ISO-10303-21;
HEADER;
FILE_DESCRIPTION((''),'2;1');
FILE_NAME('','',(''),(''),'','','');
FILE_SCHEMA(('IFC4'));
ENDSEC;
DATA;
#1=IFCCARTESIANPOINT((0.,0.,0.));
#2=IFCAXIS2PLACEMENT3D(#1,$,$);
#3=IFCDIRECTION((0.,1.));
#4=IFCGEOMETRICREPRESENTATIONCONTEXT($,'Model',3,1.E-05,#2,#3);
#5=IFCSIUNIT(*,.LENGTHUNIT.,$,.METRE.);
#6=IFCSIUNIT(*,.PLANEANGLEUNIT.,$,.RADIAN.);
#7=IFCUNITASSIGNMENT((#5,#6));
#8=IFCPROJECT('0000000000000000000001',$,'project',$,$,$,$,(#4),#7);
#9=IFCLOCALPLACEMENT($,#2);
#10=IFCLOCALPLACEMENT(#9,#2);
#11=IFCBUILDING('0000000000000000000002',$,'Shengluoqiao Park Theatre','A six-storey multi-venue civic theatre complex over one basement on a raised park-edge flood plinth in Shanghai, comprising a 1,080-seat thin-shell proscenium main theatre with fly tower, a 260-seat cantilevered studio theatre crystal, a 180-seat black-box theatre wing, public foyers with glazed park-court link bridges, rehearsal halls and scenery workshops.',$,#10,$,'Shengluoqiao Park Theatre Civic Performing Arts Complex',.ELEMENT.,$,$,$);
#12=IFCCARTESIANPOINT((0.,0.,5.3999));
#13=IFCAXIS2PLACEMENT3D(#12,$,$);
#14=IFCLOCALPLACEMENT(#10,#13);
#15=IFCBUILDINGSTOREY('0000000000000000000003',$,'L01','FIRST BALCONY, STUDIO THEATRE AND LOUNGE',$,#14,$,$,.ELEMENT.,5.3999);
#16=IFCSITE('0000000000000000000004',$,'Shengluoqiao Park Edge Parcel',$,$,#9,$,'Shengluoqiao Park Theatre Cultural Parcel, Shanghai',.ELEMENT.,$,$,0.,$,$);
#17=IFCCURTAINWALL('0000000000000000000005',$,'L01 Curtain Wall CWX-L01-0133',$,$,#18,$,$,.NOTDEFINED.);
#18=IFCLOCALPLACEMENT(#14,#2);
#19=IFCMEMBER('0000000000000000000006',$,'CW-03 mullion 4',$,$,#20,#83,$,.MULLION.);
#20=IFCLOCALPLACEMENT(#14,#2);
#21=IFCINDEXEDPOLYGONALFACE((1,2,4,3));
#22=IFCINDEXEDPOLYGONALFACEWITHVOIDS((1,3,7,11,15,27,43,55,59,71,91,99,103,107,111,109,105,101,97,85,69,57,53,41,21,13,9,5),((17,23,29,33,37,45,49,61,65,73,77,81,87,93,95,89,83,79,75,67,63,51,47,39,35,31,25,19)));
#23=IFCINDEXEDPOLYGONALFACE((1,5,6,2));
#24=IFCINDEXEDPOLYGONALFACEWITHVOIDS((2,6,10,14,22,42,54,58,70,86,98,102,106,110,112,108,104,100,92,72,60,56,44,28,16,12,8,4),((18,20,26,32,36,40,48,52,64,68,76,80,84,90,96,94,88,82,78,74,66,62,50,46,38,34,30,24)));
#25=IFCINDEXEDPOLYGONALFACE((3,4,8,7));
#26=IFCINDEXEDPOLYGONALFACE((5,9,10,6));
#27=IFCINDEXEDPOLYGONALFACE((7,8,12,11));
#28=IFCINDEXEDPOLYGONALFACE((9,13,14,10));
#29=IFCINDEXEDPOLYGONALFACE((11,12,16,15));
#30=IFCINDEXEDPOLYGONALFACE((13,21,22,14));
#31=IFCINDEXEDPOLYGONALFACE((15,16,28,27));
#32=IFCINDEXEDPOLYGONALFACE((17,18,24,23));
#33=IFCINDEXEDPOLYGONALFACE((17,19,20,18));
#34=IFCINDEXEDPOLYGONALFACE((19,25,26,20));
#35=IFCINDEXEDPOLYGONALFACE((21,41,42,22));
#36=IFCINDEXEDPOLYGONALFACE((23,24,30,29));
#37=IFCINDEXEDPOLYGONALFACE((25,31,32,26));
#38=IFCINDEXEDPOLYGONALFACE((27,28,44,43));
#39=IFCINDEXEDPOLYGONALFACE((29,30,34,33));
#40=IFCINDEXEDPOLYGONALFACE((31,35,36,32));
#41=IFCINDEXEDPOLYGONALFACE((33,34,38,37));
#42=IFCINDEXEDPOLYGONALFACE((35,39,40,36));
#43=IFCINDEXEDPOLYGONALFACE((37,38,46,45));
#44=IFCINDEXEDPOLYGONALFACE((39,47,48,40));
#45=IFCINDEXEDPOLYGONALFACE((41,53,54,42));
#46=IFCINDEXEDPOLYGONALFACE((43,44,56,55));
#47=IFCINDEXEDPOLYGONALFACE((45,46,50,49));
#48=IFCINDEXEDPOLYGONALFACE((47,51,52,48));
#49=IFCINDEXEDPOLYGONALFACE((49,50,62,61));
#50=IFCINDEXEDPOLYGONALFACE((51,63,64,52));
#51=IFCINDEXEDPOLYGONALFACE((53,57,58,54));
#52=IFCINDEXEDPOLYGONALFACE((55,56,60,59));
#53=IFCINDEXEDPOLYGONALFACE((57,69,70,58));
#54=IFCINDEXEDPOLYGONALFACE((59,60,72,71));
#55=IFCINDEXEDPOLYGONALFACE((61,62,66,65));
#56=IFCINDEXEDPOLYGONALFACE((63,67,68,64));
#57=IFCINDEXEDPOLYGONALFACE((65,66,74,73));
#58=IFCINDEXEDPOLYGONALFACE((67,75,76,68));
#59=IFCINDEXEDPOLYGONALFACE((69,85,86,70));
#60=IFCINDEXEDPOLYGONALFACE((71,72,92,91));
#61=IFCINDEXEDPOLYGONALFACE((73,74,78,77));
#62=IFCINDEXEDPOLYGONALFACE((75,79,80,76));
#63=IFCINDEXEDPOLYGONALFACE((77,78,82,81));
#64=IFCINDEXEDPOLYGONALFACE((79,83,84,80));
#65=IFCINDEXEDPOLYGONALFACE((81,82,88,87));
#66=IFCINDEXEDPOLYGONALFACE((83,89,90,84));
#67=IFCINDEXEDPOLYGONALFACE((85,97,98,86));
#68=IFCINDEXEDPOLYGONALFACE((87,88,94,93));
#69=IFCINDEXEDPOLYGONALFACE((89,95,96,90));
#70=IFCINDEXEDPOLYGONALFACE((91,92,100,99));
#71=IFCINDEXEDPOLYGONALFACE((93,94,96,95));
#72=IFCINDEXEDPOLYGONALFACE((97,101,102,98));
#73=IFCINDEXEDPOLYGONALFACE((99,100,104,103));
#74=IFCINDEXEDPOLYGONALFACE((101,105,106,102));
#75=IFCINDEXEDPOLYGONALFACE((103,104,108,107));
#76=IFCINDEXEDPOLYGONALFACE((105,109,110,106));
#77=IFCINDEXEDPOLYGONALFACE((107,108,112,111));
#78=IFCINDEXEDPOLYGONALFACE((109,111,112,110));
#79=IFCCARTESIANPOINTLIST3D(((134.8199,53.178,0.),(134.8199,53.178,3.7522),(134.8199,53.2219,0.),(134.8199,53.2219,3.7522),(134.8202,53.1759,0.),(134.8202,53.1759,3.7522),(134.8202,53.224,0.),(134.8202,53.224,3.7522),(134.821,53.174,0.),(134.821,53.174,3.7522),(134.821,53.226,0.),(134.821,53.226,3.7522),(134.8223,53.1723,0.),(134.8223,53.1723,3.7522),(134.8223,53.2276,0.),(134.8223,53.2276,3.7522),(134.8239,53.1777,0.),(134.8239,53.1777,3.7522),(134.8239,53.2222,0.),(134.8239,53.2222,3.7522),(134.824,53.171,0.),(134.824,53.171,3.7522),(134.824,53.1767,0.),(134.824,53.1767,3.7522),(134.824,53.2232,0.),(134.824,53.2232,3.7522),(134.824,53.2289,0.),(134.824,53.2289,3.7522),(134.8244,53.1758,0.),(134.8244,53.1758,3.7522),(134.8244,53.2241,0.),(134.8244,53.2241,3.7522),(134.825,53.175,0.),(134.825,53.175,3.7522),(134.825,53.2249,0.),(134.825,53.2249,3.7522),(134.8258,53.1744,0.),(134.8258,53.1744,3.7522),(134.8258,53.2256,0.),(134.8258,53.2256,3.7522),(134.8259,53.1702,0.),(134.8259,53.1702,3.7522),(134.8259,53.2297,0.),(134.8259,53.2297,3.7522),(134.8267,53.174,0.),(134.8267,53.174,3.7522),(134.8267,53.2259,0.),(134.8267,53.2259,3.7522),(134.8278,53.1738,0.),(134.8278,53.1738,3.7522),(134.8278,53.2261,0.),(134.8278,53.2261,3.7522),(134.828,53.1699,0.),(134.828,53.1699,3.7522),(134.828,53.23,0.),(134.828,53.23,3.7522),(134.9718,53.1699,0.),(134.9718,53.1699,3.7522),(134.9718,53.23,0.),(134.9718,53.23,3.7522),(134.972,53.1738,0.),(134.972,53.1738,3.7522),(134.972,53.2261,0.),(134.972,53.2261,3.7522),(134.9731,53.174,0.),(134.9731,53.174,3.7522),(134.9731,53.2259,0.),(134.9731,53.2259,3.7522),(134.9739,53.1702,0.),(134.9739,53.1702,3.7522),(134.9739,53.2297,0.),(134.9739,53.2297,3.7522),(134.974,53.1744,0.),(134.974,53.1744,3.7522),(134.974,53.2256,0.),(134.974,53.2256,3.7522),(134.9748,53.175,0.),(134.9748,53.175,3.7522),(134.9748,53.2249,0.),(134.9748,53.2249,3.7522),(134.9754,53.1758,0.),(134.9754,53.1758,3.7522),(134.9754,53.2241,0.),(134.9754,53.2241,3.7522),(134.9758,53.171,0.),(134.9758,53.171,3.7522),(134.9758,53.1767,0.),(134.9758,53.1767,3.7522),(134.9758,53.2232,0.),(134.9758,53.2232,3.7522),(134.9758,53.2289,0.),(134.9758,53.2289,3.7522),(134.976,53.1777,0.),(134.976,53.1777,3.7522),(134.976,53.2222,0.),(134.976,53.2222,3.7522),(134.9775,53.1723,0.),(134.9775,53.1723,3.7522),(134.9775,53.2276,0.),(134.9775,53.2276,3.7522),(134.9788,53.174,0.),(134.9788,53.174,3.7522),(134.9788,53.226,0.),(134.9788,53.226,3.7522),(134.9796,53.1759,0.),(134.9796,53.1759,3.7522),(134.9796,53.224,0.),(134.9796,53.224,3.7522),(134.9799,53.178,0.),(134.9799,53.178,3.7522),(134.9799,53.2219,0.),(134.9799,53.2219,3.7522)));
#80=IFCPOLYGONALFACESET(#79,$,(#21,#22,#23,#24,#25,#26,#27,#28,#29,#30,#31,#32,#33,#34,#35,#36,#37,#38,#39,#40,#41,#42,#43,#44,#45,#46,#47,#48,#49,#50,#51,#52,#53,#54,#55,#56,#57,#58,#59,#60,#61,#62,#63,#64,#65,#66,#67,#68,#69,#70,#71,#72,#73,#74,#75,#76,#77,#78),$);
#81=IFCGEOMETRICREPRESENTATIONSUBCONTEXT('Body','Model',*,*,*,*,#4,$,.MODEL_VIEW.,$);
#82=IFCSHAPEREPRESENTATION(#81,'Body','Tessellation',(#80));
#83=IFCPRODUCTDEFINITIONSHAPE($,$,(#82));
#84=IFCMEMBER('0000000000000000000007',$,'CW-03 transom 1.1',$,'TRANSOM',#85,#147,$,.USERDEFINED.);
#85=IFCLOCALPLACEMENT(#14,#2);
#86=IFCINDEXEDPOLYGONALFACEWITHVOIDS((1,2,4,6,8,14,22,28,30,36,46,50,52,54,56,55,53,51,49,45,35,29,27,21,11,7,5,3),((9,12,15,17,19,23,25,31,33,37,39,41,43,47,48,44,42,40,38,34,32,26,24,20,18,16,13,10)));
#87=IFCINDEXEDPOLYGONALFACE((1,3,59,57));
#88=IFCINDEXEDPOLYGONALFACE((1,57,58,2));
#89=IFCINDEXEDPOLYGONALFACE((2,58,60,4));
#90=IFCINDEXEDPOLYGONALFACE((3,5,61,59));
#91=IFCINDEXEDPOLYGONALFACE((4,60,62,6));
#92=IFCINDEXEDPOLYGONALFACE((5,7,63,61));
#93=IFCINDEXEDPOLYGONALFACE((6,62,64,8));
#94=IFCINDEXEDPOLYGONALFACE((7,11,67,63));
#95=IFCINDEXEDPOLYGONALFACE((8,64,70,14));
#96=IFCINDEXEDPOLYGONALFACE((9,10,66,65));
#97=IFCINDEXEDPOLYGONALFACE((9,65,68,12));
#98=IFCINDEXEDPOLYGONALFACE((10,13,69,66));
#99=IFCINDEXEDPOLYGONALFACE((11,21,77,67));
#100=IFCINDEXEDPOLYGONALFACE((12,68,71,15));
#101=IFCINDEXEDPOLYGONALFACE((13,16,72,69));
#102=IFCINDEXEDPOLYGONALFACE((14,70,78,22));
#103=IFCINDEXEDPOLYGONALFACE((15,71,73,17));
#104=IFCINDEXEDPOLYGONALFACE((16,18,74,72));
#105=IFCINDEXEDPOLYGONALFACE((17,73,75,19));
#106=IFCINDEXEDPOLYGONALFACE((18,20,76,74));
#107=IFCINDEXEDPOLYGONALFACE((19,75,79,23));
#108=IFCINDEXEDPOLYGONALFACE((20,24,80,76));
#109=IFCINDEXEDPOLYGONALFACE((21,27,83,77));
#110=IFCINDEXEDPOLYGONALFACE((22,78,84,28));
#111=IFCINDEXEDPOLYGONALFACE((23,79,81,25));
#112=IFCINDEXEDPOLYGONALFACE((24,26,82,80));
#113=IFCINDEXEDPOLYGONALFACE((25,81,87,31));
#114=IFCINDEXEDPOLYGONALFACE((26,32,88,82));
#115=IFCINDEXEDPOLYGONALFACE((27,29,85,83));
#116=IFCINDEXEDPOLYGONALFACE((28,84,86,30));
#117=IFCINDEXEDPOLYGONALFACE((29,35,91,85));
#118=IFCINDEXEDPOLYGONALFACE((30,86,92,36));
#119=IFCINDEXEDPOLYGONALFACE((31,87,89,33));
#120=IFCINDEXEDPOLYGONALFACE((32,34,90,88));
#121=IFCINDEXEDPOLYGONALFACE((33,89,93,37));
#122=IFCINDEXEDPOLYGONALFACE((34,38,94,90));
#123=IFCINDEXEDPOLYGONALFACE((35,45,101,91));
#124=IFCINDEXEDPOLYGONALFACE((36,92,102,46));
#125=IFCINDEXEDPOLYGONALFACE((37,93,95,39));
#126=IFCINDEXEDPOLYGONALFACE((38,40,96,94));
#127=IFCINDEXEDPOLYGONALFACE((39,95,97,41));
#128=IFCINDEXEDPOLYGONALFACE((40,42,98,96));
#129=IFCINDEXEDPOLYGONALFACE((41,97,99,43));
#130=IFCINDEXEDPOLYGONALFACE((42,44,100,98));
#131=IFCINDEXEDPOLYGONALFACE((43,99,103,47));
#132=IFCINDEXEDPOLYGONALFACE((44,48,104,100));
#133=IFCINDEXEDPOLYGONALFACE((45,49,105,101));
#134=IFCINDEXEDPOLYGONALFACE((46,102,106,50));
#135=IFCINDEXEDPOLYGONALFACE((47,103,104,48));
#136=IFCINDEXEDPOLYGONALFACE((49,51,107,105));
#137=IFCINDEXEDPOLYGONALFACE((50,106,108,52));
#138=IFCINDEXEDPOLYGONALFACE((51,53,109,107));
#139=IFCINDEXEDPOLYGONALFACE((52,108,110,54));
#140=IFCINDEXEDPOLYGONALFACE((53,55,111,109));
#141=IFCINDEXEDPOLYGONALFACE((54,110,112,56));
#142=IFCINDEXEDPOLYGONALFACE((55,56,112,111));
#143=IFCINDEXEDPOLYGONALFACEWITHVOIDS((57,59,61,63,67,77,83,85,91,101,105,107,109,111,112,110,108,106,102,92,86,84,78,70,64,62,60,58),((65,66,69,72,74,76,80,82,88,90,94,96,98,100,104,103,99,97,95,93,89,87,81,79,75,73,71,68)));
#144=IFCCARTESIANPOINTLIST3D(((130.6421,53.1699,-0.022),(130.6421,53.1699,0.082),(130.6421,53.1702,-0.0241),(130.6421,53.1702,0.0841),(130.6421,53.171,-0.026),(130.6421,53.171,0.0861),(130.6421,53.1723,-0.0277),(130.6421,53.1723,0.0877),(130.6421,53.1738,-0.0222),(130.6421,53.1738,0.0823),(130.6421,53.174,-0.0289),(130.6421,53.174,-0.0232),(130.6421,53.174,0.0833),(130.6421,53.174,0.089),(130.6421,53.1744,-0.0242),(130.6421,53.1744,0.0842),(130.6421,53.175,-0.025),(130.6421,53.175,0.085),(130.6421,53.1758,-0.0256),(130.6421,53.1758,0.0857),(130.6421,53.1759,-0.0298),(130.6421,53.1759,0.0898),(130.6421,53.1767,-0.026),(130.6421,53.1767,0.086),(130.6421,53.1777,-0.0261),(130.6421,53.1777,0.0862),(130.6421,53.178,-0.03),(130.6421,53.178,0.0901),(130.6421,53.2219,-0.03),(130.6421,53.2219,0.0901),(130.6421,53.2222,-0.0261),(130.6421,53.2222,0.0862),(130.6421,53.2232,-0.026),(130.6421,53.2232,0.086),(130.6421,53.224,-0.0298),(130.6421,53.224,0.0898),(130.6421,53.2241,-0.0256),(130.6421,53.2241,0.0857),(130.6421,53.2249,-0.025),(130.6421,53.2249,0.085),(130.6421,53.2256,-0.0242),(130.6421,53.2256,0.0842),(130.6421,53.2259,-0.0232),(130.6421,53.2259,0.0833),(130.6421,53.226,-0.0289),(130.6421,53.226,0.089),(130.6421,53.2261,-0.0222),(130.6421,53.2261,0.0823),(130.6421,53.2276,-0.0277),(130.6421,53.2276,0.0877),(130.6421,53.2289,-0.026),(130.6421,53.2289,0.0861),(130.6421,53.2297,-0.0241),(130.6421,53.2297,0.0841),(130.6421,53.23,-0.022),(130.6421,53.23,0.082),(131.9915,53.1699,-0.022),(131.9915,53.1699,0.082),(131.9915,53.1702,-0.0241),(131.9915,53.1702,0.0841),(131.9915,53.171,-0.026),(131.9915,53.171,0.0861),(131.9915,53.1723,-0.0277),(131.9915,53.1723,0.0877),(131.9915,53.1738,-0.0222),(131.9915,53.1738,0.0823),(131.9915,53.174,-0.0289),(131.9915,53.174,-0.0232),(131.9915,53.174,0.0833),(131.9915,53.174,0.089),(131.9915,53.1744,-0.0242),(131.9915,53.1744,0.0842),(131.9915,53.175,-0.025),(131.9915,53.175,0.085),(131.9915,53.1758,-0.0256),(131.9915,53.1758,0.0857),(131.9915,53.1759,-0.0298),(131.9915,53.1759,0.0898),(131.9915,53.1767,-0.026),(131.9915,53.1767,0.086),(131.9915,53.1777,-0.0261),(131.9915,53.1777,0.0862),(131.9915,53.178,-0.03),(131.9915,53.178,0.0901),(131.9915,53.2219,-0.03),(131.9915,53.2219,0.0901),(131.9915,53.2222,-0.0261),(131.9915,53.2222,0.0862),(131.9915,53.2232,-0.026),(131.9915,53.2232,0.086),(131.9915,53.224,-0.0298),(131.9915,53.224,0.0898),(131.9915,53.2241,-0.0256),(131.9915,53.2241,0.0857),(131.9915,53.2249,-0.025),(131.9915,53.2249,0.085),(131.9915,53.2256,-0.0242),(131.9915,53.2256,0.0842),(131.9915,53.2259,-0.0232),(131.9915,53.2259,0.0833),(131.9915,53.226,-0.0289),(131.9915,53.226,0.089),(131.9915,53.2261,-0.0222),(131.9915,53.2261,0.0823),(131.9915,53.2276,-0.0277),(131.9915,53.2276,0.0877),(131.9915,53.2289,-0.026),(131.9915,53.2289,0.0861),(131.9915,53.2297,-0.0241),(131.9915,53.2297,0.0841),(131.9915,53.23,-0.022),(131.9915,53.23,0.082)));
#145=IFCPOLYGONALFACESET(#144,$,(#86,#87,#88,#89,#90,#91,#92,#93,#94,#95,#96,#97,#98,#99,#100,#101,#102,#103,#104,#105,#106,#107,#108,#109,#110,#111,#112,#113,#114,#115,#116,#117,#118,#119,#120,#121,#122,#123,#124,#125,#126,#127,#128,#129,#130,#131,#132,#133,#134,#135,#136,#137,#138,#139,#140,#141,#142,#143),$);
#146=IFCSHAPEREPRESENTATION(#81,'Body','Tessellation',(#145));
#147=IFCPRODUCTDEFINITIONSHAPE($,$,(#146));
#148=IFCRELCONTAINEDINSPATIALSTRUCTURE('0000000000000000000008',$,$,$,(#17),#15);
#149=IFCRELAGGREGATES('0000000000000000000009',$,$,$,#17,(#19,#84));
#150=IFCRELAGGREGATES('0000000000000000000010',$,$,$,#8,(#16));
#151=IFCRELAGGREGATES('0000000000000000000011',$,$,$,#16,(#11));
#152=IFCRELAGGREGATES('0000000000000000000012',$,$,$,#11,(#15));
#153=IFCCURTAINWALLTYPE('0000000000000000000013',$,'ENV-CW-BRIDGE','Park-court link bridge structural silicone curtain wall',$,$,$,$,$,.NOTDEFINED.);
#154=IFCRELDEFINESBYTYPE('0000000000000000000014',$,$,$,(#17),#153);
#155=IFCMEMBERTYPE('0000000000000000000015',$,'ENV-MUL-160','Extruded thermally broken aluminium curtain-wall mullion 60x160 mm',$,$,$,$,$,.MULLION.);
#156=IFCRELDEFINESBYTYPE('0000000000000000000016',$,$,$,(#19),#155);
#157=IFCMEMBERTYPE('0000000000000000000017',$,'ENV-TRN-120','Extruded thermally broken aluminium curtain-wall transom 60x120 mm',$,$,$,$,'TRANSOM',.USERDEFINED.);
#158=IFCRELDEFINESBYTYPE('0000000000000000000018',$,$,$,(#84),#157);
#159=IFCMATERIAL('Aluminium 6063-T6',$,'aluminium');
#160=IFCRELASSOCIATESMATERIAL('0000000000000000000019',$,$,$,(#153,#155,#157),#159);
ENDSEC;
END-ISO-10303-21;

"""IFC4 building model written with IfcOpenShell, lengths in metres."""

from ifc_helpers import new_model, si_unit, direction, frame, origin, origin_2d, place, context, subcontext, project, spatial, hollow_rectangle, extrude, material, material_profile, profile_set, type_object, element, aggregate, save


model = new_model("IFC4")

# Units and contexts
model_context = context("Model", 3, precision=1e-05, world=origin(), true_north=direction((0.0, 1.0)))
body_context = subcontext(model_context, "Body", "Model", "MODEL_VIEW")
ifc_project = project(units=[si_unit("LENGTHUNIT", "METRE"), si_unit("PLANEANGLEUNIT", "RADIAN")], contexts=[model_context])

# Site, building, storey
site_placement = place(None, origin())
site = spatial("IfcSite", under=ifc_project, at=site_placement, Name="Shengluoqiao Park Edge Parcel", LongName="Shengluoqiao Park Theatre Cultural Parcel, Shanghai", CompositionType="ELEMENT", RefElevation=0.0)
building_placement = place(site_placement, origin())
building = spatial("IfcBuilding", under=site, at=building_placement, Name="Shengluoqiao Park Theatre", Description="A six-storey multi-venue civic theatre complex over one basement on a raised park-edge flood plinth in Shanghai, comprising a 1,080-seat thin-shell proscenium main theatre with fly tower, a 260-seat cantilevered studio theatre crystal, a 180-seat black-box theatre wing, public foyers with glazed park-court link bridges, rehearsal halls and scenery workshops.", LongName="Shengluoqiao Park Theatre Civic Performing Arts Complex", CompositionType="ELEMENT")
storey_placement = place(building_placement, frame((0.0, 0.0, 5.3999)))
storey = spatial("IfcBuildingStorey", under=building, at=storey_placement, Name="L01", Description="FIRST BALCONY, STUDIO THEATRE AND LOUNGE", CompositionType="ELEMENT", Elevation=5.3999)

# Shared definitions
ifc_material_1 = material(Name="Aluminium 6063-T6", Category="aluminium")
curtain_wall_type = type_object("IfcCurtainWallType", Name="ENV-CW-BRIDGE", Description="Park-court link bridge structural silicone curtain wall", PredefinedType="NOTDEFINED", material=ifc_material_1)
ifc_material_profile_1 = material_profile(ifc_material_1, hollow_rectangle(XDim=0.0601, YDim=0.1599, WallThickness=0.0039, InnerFilletRadius=0.0039, OuterFilletRadius=0.0081, at=origin_2d()), Name="ALU MULLION 160x60x4")
ifc_profile_set_1 = profile_set([ifc_material_profile_1], Name="Aluminium 6063-T6")
member_type_1 = type_object("IfcMemberType", Name="ENV-MUL-160", Description="Extruded thermally broken aluminium curtain-wall mullion 60x160 mm", PredefinedType="MULLION", material=ifc_profile_set_1)

# Curtain wall, members
curtain_wall_1_placement = place(storey_placement, origin())
curtain_wall_1 = element("IfcCurtainWall", 1, at=curtain_wall_1_placement, inside=storey, type_object=curtain_wall_type, Name="L01 Curtain Wall CWX-L01-0133", PredefinedType="NOTDEFINED")
member_1_placement = place(storey_placement, frame((134.8999, 53.2, 0.0), z_axis=(0.0, 0.0, 1.0), x_axis=(0.0, 1.0, 0.0)))
member_1 = element("IfcMember", 2, at=member_1_placement, type_object=member_type_1, Name="CW-03 mullion 4", PredefinedType="MULLION", context=body_context, shape_type="SweptSolid", body=[
    extrude(hollow_rectangle(XDim=0.0601, YDim=0.1599, WallThickness=0.0039, InnerFilletRadius=0.0039, OuterFilletRadius=0.0081, at=origin_2d()), origin(), (0.0, 0.0, 1.0), 3.7522),
])
ifc_material_profile_2 = material_profile(ifc_material_1, hollow_rectangle(XDim=0.0601, YDim=0.1201, WallThickness=0.0039, InnerFilletRadius=0.0039, OuterFilletRadius=0.0081, at=origin_2d()), Name="ALU TRANSOM 120x60x4")
ifc_profile_set_2 = profile_set([ifc_material_profile_2], Name="Aluminium 6063-T6")
member_type_2 = type_object("IfcMemberType", Name="ENV-TRN-120", Description="Extruded thermally broken aluminium curtain-wall transom 60x120 mm", ElementType="TRANSOM", PredefinedType="USERDEFINED", material=ifc_profile_set_2)
member_2_placement = place(storey_placement, frame((130.6421, 53.2, 0.03), z_axis=(1.0, 0.0, 0.0), x_axis=(0.0, 1.0, 0.0)))
member_2 = element("IfcMember", 3, at=member_2_placement, type_object=member_type_2, Name="CW-03 transom 1.1", ObjectType="TRANSOM", PredefinedType="USERDEFINED", context=body_context, shape_type="SweptSolid", body=[
    extrude(hollow_rectangle(XDim=0.0601, YDim=0.1201, WallThickness=0.0039, InnerFilletRadius=0.0039, OuterFilletRadius=0.0081, at=origin_2d()), origin(), (0.0, 0.0, 1.0), 1.3494),
])

aggregate(curtain_wall_1, [member_1, member_2])

save(model, "model.ifc")
